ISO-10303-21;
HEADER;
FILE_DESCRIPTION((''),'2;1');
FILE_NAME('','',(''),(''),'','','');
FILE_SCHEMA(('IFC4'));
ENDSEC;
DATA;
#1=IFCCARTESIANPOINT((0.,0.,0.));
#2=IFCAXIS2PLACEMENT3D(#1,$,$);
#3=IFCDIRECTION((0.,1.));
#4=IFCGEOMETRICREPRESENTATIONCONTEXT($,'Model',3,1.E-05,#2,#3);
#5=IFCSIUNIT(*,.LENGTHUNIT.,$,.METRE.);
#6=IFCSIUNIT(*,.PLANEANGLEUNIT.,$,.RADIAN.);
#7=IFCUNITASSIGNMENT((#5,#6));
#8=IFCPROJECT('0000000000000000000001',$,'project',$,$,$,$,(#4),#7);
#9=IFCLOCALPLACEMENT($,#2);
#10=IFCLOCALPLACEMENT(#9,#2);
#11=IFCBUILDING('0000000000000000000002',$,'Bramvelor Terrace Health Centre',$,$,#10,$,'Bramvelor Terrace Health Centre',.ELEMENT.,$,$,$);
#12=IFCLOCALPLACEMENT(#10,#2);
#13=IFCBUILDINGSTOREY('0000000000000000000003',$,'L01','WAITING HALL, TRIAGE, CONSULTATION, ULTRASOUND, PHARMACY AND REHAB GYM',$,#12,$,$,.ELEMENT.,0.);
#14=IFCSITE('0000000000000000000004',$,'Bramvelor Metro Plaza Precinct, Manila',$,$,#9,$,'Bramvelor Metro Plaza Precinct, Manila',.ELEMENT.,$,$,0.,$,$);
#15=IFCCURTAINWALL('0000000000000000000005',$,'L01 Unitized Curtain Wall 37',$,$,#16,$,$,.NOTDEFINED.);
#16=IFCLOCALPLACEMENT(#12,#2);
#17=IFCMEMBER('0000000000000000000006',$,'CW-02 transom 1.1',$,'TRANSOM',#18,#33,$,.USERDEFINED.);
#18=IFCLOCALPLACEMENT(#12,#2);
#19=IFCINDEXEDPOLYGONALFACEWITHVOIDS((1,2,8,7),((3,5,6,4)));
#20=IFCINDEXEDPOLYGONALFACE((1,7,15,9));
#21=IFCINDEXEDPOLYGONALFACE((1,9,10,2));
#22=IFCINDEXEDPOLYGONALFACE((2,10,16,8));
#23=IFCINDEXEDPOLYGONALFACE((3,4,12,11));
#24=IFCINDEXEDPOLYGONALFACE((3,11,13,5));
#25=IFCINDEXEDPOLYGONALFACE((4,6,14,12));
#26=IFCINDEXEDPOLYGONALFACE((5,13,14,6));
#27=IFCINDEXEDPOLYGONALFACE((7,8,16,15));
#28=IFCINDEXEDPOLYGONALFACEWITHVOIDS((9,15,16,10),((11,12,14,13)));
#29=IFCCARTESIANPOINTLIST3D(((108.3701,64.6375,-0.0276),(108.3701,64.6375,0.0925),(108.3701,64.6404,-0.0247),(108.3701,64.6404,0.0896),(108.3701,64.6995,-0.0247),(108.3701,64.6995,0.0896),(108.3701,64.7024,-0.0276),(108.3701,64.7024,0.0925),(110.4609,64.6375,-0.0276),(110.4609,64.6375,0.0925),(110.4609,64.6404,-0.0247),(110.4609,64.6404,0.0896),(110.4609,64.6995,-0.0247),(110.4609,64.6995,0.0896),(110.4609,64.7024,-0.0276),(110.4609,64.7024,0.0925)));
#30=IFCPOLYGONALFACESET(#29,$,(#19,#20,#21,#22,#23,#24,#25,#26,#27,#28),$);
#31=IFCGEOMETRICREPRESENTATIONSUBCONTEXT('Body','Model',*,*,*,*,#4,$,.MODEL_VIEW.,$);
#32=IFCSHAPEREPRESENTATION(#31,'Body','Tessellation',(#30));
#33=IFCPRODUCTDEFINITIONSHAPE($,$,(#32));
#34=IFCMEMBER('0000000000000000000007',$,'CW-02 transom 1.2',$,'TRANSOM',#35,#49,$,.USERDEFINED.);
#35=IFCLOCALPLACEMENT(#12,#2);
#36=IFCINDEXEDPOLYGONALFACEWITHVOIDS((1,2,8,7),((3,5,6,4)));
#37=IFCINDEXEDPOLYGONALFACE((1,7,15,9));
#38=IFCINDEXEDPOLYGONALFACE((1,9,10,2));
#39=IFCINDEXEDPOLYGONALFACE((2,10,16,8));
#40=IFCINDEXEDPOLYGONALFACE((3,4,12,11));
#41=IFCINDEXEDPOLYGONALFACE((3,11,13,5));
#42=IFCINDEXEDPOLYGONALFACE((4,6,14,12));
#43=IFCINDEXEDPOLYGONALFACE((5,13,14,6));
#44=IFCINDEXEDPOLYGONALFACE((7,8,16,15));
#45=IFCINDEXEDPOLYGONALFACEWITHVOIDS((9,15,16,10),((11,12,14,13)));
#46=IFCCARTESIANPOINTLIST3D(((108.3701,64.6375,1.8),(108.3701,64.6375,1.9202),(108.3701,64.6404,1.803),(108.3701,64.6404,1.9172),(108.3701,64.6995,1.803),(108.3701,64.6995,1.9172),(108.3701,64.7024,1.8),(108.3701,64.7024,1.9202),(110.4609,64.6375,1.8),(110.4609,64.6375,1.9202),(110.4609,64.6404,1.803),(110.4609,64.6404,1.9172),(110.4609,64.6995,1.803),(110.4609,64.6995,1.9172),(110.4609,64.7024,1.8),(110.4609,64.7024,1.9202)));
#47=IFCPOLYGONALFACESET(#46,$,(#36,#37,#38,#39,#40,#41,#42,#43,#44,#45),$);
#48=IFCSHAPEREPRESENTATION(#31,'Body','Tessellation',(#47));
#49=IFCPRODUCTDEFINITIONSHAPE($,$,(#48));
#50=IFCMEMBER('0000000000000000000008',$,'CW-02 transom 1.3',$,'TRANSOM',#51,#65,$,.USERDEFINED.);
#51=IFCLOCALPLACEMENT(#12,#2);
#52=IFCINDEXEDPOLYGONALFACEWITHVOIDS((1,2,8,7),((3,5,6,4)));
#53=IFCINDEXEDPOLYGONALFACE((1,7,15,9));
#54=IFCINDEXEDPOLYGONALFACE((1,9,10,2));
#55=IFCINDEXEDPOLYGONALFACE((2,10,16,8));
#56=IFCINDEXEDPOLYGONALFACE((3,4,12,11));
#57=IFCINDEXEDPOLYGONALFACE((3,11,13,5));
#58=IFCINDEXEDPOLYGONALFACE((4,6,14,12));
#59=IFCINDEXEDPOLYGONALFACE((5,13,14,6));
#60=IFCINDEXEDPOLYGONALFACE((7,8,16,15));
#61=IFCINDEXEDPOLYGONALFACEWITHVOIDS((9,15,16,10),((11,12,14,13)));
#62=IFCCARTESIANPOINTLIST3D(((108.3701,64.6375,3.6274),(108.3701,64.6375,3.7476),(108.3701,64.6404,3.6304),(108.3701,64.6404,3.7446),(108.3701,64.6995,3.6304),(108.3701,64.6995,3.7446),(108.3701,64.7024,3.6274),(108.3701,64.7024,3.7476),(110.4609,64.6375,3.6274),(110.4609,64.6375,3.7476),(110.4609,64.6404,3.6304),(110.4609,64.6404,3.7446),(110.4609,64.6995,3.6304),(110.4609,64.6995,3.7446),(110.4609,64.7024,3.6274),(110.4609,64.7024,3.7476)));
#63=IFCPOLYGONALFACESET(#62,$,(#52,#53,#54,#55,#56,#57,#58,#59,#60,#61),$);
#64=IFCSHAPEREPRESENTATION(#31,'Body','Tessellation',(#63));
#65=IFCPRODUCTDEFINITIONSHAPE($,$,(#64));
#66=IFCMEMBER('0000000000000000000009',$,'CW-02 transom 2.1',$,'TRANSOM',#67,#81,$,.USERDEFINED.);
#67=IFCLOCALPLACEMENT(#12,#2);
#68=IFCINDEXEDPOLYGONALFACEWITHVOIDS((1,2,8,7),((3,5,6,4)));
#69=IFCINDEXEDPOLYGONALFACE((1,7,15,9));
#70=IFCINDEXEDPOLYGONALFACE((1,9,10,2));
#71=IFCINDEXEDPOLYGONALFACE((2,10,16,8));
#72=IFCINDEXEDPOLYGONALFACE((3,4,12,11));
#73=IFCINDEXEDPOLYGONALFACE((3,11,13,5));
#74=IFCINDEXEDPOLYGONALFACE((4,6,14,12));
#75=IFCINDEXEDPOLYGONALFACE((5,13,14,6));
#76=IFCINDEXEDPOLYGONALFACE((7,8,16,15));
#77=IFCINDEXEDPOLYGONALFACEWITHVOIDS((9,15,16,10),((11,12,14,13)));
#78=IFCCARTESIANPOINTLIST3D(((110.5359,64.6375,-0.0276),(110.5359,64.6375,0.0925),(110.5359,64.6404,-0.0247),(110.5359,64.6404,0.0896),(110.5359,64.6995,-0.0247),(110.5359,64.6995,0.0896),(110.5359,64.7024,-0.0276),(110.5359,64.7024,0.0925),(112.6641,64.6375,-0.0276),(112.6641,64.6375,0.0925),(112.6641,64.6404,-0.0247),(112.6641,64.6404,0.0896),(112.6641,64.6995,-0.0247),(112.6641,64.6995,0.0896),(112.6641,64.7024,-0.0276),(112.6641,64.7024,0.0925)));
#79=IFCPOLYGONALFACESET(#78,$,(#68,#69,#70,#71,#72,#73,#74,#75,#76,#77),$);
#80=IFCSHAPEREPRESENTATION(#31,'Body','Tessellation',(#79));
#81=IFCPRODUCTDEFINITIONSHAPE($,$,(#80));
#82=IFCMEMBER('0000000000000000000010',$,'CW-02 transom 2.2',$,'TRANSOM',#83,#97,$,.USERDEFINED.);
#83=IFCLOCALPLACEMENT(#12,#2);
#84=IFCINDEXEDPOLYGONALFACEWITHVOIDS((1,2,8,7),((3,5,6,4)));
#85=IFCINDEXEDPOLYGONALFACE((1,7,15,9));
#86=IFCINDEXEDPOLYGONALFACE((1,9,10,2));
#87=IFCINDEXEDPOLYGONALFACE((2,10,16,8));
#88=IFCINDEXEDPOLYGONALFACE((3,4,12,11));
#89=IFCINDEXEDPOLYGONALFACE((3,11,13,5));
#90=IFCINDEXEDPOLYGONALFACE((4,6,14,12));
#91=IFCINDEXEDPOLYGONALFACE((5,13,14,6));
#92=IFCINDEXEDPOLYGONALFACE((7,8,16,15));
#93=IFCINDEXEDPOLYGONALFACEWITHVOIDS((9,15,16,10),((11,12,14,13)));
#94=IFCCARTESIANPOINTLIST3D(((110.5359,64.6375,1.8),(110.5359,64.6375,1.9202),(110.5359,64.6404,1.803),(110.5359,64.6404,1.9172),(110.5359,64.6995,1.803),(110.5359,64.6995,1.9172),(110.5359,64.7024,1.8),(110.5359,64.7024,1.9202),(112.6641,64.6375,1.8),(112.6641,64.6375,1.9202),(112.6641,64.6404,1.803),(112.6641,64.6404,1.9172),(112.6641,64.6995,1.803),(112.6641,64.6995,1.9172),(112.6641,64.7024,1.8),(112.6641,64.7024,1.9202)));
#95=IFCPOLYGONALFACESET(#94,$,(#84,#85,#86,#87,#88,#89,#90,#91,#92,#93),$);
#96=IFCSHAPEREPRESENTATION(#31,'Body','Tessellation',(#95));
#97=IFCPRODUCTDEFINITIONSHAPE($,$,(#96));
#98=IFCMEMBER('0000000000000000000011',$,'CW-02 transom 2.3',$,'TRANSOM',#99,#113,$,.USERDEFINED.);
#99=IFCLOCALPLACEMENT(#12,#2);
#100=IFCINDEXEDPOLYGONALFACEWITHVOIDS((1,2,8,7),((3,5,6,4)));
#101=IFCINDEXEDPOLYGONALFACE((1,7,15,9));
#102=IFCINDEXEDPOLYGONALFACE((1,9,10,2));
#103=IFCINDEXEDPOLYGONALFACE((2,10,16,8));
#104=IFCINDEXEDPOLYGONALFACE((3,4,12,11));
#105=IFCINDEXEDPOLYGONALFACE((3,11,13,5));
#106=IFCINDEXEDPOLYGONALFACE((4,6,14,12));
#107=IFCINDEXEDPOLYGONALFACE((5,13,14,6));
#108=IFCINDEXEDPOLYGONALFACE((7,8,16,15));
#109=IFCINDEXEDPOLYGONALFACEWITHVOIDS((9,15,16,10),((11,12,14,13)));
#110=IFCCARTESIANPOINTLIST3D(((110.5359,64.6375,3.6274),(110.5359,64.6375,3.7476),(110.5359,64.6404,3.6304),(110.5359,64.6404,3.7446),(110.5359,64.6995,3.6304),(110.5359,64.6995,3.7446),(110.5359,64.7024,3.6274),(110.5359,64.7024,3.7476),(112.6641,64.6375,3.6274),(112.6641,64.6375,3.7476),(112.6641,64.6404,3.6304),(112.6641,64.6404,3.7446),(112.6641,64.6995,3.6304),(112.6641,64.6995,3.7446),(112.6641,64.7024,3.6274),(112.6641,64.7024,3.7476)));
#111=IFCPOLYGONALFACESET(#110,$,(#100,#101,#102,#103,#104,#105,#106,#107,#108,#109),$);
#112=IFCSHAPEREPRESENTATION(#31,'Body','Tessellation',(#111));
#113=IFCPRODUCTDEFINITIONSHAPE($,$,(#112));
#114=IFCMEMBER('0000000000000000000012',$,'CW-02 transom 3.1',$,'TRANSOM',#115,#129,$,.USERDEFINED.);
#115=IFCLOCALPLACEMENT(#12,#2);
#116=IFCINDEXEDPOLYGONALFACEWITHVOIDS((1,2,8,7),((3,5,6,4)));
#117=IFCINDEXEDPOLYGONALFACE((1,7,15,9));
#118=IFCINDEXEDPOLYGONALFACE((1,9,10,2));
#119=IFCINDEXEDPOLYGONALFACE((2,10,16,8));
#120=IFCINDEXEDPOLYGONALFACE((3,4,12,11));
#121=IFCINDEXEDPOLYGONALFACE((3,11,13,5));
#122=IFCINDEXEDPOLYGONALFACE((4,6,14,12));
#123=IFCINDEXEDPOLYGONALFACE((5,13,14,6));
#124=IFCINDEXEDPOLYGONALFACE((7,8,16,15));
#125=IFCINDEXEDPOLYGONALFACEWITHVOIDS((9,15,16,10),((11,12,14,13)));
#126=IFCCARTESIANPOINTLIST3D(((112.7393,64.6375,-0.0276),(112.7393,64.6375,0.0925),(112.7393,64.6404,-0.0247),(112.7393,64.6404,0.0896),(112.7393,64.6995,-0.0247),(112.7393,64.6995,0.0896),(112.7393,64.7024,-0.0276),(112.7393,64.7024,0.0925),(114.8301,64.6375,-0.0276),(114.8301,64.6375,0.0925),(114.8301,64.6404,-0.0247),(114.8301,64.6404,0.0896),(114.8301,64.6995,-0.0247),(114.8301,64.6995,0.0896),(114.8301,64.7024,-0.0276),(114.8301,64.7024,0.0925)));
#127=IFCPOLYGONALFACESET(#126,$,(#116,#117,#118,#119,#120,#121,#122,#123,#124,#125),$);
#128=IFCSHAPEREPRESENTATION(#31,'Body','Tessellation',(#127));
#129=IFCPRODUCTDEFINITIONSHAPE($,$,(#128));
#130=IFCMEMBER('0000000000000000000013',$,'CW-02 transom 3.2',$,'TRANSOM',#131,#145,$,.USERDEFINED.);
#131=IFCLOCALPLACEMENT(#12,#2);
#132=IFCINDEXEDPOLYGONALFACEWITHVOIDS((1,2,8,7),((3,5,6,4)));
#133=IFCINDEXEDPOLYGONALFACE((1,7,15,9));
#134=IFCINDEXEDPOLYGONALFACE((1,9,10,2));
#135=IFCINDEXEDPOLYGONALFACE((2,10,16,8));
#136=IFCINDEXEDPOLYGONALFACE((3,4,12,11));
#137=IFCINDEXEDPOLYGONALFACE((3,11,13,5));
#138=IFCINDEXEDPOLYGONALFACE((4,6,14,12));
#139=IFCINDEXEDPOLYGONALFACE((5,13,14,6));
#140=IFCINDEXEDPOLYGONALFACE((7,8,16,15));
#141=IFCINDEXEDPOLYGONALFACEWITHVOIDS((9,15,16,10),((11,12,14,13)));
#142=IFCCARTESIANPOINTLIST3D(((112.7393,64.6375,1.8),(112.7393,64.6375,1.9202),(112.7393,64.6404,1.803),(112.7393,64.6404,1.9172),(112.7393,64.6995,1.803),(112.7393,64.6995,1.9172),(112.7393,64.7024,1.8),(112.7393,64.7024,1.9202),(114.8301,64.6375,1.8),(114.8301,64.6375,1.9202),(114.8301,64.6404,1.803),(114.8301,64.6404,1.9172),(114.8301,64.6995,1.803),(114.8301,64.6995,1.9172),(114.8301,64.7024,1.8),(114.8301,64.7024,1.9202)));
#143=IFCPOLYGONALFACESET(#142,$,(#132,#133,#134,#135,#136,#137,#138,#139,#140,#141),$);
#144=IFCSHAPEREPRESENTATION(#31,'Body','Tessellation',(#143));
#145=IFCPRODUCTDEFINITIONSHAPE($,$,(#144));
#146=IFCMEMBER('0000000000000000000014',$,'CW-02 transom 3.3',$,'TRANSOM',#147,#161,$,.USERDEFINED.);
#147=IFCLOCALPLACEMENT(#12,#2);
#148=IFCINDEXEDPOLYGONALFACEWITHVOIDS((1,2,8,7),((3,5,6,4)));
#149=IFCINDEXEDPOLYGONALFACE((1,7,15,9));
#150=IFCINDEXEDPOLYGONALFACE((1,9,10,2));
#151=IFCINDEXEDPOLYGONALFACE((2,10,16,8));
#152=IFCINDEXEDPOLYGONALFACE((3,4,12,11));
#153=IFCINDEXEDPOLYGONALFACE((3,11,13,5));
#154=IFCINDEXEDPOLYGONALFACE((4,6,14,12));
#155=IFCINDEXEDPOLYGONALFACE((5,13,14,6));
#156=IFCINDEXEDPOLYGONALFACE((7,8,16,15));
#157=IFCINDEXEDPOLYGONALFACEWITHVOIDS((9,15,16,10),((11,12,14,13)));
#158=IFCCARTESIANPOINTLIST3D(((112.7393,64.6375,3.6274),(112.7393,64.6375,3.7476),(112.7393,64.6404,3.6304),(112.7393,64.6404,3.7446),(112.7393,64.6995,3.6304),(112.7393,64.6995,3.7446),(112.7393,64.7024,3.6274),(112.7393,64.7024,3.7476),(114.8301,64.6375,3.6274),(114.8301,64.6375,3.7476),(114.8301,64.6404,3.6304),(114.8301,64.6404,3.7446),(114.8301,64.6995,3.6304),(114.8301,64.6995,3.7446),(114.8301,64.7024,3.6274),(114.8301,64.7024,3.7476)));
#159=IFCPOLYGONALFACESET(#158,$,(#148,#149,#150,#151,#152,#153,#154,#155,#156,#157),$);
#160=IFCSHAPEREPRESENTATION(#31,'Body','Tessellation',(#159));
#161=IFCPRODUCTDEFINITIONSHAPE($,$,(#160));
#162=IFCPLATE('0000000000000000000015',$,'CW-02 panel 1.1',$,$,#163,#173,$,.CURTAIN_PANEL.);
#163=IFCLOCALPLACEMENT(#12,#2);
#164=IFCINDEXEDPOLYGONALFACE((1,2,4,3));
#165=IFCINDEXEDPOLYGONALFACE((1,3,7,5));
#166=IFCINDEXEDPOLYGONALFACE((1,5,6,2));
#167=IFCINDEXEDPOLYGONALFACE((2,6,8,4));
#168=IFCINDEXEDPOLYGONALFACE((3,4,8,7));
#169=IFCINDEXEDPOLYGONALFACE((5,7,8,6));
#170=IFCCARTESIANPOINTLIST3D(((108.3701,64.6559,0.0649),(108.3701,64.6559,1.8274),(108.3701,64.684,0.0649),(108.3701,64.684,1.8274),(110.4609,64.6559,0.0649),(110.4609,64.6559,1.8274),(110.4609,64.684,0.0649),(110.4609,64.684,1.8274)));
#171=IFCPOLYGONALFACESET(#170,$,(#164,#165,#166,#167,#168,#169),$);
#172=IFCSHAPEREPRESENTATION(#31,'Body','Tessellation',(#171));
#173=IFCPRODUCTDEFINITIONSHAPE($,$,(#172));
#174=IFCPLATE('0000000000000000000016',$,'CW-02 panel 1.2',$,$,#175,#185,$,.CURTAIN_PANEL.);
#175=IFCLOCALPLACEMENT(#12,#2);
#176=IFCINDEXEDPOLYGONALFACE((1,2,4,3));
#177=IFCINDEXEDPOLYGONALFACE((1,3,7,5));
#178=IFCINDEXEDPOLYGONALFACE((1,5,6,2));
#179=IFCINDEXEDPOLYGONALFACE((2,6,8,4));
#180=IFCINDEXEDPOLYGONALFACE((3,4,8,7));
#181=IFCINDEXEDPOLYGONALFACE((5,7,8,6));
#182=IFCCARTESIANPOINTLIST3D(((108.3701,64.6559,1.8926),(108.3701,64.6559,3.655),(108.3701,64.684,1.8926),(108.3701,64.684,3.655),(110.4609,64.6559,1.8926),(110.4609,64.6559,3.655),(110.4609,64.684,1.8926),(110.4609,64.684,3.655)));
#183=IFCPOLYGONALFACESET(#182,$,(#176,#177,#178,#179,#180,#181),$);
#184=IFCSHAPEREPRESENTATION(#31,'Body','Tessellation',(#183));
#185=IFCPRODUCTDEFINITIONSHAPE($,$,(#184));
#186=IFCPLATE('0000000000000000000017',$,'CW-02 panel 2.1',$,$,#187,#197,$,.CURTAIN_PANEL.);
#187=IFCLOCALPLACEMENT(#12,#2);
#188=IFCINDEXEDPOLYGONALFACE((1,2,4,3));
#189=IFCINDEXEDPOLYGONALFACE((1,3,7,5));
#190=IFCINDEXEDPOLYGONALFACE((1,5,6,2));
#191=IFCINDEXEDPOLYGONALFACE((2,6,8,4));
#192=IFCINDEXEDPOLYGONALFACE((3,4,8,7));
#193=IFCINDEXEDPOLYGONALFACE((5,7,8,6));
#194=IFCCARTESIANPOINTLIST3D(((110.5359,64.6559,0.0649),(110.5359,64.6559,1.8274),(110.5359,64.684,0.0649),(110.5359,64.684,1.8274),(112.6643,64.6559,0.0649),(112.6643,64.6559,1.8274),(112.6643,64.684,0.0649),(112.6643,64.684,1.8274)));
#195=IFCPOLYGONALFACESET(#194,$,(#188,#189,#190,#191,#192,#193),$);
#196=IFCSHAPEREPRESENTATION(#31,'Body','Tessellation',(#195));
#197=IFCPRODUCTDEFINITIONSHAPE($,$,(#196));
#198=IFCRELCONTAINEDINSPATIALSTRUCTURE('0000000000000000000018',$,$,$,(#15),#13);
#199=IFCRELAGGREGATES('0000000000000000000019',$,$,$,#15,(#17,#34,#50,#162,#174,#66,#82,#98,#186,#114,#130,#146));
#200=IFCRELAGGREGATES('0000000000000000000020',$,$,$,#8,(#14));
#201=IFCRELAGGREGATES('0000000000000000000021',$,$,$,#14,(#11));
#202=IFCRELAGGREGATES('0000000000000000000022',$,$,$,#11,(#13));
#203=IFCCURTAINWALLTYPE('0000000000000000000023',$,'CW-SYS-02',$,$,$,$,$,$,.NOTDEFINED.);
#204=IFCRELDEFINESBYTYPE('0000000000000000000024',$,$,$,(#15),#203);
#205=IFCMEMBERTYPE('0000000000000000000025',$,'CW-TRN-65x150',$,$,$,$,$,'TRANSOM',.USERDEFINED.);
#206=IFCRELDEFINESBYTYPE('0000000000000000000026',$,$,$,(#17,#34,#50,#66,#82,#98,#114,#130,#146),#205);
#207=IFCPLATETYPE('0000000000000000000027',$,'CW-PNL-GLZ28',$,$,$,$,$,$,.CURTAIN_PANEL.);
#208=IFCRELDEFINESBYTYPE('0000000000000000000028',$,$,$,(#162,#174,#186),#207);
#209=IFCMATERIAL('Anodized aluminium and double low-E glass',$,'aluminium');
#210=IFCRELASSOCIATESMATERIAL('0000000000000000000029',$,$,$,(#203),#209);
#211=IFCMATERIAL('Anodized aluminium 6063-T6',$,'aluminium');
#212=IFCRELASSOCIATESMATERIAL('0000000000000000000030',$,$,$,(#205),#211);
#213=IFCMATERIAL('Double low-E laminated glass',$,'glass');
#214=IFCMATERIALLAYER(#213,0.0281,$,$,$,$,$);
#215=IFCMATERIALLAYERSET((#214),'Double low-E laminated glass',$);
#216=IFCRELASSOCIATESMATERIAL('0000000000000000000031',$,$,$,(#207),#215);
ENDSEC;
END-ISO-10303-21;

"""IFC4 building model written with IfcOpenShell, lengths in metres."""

from ifc_helpers import new_model, si_unit, direction, frame, origin, origin_2d, place, context, subcontext, project, spatial, rectangle, hollow_rectangle, extrude, material, layer, layer_set, material_profile, profile_set, type_object, element, aggregate, save


model = new_model("IFC4")

# Units and contexts
model_context = context("Model", 3, precision=1e-05, world=origin(), true_north=direction((0.0, 1.0)))
body_context = subcontext(model_context, "Body", "Model", "MODEL_VIEW")
ifc_project = project(units=[si_unit("LENGTHUNIT", "METRE"), si_unit("PLANEANGLEUNIT", "RADIAN")], contexts=[model_context])

# Site, building, storey
site_placement = place(None, origin())
site = spatial("IfcSite", under=ifc_project, at=site_placement, Name="Bramvelor Metro Plaza Precinct, Manila", LongName="Bramvelor Metro Plaza Precinct, Manila", CompositionType="ELEMENT", RefElevation=0.0)
building_placement = place(site_placement, origin())
building = spatial("IfcBuilding", under=site, at=building_placement, Name="Bramvelor Terrace Health Centre", LongName="Bramvelor Terrace Health Centre", CompositionType="ELEMENT")
storey_placement = place(building_placement, origin())
storey = spatial("IfcBuildingStorey", under=building, at=storey_placement, Name="L01", Description="WAITING HALL, TRIAGE, CONSULTATION, ULTRASOUND, PHARMACY AND REHAB GYM", CompositionType="ELEMENT", Elevation=0.0)

# Curtain wall, members, plates
ifc_material_1 = material(Name="Anodized aluminium and double low-E glass", Category="aluminium")
curtain_wall_type = type_object("IfcCurtainWallType", Name="CW-SYS-02", PredefinedType="NOTDEFINED", material=ifc_material_1)
curtain_wall_placement = place(storey_placement, origin())
curtain_wall = element("IfcCurtainWall", 1, at=curtain_wall_placement, inside=storey, type_object=curtain_wall_type, Name="L01 Unitized Curtain Wall 37", PredefinedType="NOTDEFINED")
ifc_material_2 = material(Name="Anodized aluminium 6063-T6", Category="aluminium")
ifc_material_profile_1 = material_profile(ifc_material_2, hollow_rectangle(XDim=0.0649, YDim=0.1201, WallThickness=0.0029, at=origin_2d()), Name="ALU-TRN 65x120x3.0")
ifc_profile_set_1 = profile_set([ifc_material_profile_1], Name="Anodized aluminium 6063-T6")
member_type_1 = type_object("IfcMemberType", Name="CW-TRN-65x150", ElementType="TRANSOM", PredefinedType="USERDEFINED", material=ifc_profile_set_1)
member_1_placement = place(storey_placement, frame((108.3701, 64.6699, 0.0325), z_axis=(1.0, 0.0, 0.0), x_axis=(0.0, 1.0, 0.0)))
member_1 = element("IfcMember", 2, at=member_1_placement, type_object=member_type_1, Name="CW-02 transom 1.1", ObjectType="TRANSOM", PredefinedType="USERDEFINED", context=body_context, shape_type="SweptSolid", body=[
    extrude(hollow_rectangle(XDim=0.0649, YDim=0.1201, WallThickness=0.0029, at=origin_2d()), origin(), (0.0, 0.0, 1.0), 2.0908),
])
member_2_placement = place(storey_placement, frame((108.3701, 64.6699, 1.8601), z_axis=(1.0, 0.0, 0.0), x_axis=(0.0, 1.0, 0.0)))
member_2 = element("IfcMember", 3, at=member_2_placement, type_object=member_type_1, Name="CW-02 transom 1.2", ObjectType="TRANSOM", PredefinedType="USERDEFINED", context=body_context, shape_type="SweptSolid", body=[
    extrude(hollow_rectangle(XDim=0.0649, YDim=0.1201, WallThickness=0.0029, at=origin_2d()), origin(), (0.0, 0.0, 1.0), 2.0908),
])
member_3_placement = place(storey_placement, frame((108.3701, 64.6699, 3.6875), z_axis=(1.0, 0.0, 0.0), x_axis=(0.0, 1.0, 0.0)))
member_3 = element("IfcMember", 4, at=member_3_placement, type_object=member_type_1, Name="CW-02 transom 1.3", ObjectType="TRANSOM", PredefinedType="USERDEFINED", context=body_context, shape_type="SweptSolid", body=[
    extrude(hollow_rectangle(XDim=0.0649, YDim=0.1201, WallThickness=0.0029, at=origin_2d()), origin(), (0.0, 0.0, 1.0), 2.0908),
])
member_4_placement = place(storey_placement, frame((110.5359, 64.6699, 0.0325), z_axis=(1.0, 0.0, 0.0), x_axis=(0.0, 1.0, 0.0)))
member_4 = element("IfcMember", 5, at=member_4_placement, type_object=member_type_1, Name="CW-02 transom 2.1", ObjectType="TRANSOM", PredefinedType="USERDEFINED", context=body_context, shape_type="SweptSolid", body=[
    extrude(hollow_rectangle(XDim=0.0649, YDim=0.1201, WallThickness=0.0029, at=origin_2d()), origin(), (0.0, 0.0, 1.0), 2.1282),
])
member_5_placement = place(storey_placement, frame((110.5359, 64.6699, 1.8601), z_axis=(1.0, 0.0, 0.0), x_axis=(0.0, 1.0, 0.0)))
member_5 = element("IfcMember", 6, at=member_5_placement, type_object=member_type_1, Name="CW-02 transom 2.2", ObjectType="TRANSOM", PredefinedType="USERDEFINED", context=body_context, shape_type="SweptSolid", body=[
    extrude(hollow_rectangle(XDim=0.0649, YDim=0.1201, WallThickness=0.0029, at=origin_2d()), origin(), (0.0, 0.0, 1.0), 2.1282),
])
member_6_placement = place(storey_placement, frame((110.5359, 64.6699, 3.6875), z_axis=(1.0, 0.0, 0.0), x_axis=(0.0, 1.0, 0.0)))
member_6 = element("IfcMember", 7, at=member_6_placement, type_object=member_type_1, Name="CW-02 transom 2.3", ObjectType="TRANSOM", PredefinedType="USERDEFINED", context=body_context, shape_type="SweptSolid", body=[
    extrude(hollow_rectangle(XDim=0.0649, YDim=0.1201, WallThickness=0.0029, at=origin_2d()), origin(), (0.0, 0.0, 1.0), 2.1282),
])
member_7_placement = place(storey_placement, frame((112.7393, 64.6699, 0.0325), z_axis=(1.0, 0.0, 0.0), x_axis=(0.0, 1.0, 0.0)))
member_7 = element("IfcMember", 8, at=member_7_placement, type_object=member_type_1, Name="CW-02 transom 3.1", ObjectType="TRANSOM", PredefinedType="USERDEFINED", context=body_context, shape_type="SweptSolid", body=[
    extrude(hollow_rectangle(XDim=0.0649, YDim=0.1201, WallThickness=0.0029, at=origin_2d()), origin(), (0.0, 0.0, 1.0), 2.0908),
])
member_8_placement = place(storey_placement, frame((112.7393, 64.6699, 1.8601), z_axis=(1.0, 0.0, 0.0), x_axis=(0.0, 1.0, 0.0)))
member_8 = element("IfcMember", 9, at=member_8_placement, type_object=member_type_1, Name="CW-02 transom 3.2", ObjectType="TRANSOM", PredefinedType="USERDEFINED", context=body_context, shape_type="SweptSolid", body=[
    extrude(hollow_rectangle(XDim=0.0649, YDim=0.1201, WallThickness=0.0029, at=origin_2d()), origin(), (0.0, 0.0, 1.0), 2.0908),
])
member_9_placement = place(storey_placement, frame((112.7393, 64.6699, 3.6875), z_axis=(1.0, 0.0, 0.0), x_axis=(0.0, 1.0, 0.0)))
member_9 = element("IfcMember", 10, at=member_9_placement, type_object=member_type_1, Name="CW-02 transom 3.3", ObjectType="TRANSOM", PredefinedType="USERDEFINED", context=body_context, shape_type="SweptSolid", body=[
    extrude(hollow_rectangle(XDim=0.0649, YDim=0.1201, WallThickness=0.0029, at=origin_2d()), origin(), (0.0, 0.0, 1.0), 2.0908),
])
ifc_material_3 = material(Name="Double low-E laminated glass", Category="glass")
ifc_layer_1 = layer(ifc_material_3, 0.0281)
ifc_layer_set_1 = layer_set([ifc_layer_1], Name="Double low-E laminated glass")
plate_type = type_object("IfcPlateType", Name="CW-PNL-GLZ28", PredefinedType="CURTAIN_PANEL", material=ifc_layer_set_1)
plate_1_placement = place(storey_placement, frame((109.4155, 64.6699, 0.0649), z_axis=(0.0, 0.0, 1.0), x_axis=(1.0, 0.0, 0.0)))
plate_1 = element("IfcPlate", 11, at=plate_1_placement, type_object=plate_type, Name="CW-02 panel 1.1", PredefinedType="CURTAIN_PANEL", context=body_context, shape_type="SweptSolid", body=[
    extrude(rectangle(XDim=2.0908, YDim=0.0281, at=origin_2d()), origin(), (0.0, 0.0, 1.0), 1.7625),
])
plate_2_placement = place(storey_placement, frame((109.4155, 64.6699, 1.8926), z_axis=(0.0, 0.0, 1.0), x_axis=(1.0, 0.0, 0.0)))
plate_2 = element("IfcPlate", 12, at=plate_2_placement, type_object=plate_type, Name="CW-02 panel 1.2", PredefinedType="CURTAIN_PANEL", context=body_context, shape_type="SweptSolid", body=[
    extrude(rectangle(XDim=2.0908, YDim=0.0281, at=origin_2d()), origin(), (0.0, 0.0, 1.0), 1.7625),
])
plate_3_placement = place(storey_placement, frame((111.6001, 64.6699, 0.0649), z_axis=(0.0, 0.0, 1.0), x_axis=(1.0, 0.0, 0.0)))
plate_3 = element("IfcPlate", 13, at=plate_3_placement, type_object=plate_type, Name="CW-02 panel 2.1", PredefinedType="CURTAIN_PANEL", context=body_context, shape_type="SweptSolid", body=[
    extrude(rectangle(XDim=2.1284, YDim=0.0281, at=origin_2d()), origin(), (0.0, 0.0, 1.0), 1.7625),
])
aggregate(curtain_wall, [member_1, member_2, member_3, plate_1, plate_2, member_4, member_5, member_6, plate_3, member_7, member_8, member_9])

save(model, "model.ifc")
